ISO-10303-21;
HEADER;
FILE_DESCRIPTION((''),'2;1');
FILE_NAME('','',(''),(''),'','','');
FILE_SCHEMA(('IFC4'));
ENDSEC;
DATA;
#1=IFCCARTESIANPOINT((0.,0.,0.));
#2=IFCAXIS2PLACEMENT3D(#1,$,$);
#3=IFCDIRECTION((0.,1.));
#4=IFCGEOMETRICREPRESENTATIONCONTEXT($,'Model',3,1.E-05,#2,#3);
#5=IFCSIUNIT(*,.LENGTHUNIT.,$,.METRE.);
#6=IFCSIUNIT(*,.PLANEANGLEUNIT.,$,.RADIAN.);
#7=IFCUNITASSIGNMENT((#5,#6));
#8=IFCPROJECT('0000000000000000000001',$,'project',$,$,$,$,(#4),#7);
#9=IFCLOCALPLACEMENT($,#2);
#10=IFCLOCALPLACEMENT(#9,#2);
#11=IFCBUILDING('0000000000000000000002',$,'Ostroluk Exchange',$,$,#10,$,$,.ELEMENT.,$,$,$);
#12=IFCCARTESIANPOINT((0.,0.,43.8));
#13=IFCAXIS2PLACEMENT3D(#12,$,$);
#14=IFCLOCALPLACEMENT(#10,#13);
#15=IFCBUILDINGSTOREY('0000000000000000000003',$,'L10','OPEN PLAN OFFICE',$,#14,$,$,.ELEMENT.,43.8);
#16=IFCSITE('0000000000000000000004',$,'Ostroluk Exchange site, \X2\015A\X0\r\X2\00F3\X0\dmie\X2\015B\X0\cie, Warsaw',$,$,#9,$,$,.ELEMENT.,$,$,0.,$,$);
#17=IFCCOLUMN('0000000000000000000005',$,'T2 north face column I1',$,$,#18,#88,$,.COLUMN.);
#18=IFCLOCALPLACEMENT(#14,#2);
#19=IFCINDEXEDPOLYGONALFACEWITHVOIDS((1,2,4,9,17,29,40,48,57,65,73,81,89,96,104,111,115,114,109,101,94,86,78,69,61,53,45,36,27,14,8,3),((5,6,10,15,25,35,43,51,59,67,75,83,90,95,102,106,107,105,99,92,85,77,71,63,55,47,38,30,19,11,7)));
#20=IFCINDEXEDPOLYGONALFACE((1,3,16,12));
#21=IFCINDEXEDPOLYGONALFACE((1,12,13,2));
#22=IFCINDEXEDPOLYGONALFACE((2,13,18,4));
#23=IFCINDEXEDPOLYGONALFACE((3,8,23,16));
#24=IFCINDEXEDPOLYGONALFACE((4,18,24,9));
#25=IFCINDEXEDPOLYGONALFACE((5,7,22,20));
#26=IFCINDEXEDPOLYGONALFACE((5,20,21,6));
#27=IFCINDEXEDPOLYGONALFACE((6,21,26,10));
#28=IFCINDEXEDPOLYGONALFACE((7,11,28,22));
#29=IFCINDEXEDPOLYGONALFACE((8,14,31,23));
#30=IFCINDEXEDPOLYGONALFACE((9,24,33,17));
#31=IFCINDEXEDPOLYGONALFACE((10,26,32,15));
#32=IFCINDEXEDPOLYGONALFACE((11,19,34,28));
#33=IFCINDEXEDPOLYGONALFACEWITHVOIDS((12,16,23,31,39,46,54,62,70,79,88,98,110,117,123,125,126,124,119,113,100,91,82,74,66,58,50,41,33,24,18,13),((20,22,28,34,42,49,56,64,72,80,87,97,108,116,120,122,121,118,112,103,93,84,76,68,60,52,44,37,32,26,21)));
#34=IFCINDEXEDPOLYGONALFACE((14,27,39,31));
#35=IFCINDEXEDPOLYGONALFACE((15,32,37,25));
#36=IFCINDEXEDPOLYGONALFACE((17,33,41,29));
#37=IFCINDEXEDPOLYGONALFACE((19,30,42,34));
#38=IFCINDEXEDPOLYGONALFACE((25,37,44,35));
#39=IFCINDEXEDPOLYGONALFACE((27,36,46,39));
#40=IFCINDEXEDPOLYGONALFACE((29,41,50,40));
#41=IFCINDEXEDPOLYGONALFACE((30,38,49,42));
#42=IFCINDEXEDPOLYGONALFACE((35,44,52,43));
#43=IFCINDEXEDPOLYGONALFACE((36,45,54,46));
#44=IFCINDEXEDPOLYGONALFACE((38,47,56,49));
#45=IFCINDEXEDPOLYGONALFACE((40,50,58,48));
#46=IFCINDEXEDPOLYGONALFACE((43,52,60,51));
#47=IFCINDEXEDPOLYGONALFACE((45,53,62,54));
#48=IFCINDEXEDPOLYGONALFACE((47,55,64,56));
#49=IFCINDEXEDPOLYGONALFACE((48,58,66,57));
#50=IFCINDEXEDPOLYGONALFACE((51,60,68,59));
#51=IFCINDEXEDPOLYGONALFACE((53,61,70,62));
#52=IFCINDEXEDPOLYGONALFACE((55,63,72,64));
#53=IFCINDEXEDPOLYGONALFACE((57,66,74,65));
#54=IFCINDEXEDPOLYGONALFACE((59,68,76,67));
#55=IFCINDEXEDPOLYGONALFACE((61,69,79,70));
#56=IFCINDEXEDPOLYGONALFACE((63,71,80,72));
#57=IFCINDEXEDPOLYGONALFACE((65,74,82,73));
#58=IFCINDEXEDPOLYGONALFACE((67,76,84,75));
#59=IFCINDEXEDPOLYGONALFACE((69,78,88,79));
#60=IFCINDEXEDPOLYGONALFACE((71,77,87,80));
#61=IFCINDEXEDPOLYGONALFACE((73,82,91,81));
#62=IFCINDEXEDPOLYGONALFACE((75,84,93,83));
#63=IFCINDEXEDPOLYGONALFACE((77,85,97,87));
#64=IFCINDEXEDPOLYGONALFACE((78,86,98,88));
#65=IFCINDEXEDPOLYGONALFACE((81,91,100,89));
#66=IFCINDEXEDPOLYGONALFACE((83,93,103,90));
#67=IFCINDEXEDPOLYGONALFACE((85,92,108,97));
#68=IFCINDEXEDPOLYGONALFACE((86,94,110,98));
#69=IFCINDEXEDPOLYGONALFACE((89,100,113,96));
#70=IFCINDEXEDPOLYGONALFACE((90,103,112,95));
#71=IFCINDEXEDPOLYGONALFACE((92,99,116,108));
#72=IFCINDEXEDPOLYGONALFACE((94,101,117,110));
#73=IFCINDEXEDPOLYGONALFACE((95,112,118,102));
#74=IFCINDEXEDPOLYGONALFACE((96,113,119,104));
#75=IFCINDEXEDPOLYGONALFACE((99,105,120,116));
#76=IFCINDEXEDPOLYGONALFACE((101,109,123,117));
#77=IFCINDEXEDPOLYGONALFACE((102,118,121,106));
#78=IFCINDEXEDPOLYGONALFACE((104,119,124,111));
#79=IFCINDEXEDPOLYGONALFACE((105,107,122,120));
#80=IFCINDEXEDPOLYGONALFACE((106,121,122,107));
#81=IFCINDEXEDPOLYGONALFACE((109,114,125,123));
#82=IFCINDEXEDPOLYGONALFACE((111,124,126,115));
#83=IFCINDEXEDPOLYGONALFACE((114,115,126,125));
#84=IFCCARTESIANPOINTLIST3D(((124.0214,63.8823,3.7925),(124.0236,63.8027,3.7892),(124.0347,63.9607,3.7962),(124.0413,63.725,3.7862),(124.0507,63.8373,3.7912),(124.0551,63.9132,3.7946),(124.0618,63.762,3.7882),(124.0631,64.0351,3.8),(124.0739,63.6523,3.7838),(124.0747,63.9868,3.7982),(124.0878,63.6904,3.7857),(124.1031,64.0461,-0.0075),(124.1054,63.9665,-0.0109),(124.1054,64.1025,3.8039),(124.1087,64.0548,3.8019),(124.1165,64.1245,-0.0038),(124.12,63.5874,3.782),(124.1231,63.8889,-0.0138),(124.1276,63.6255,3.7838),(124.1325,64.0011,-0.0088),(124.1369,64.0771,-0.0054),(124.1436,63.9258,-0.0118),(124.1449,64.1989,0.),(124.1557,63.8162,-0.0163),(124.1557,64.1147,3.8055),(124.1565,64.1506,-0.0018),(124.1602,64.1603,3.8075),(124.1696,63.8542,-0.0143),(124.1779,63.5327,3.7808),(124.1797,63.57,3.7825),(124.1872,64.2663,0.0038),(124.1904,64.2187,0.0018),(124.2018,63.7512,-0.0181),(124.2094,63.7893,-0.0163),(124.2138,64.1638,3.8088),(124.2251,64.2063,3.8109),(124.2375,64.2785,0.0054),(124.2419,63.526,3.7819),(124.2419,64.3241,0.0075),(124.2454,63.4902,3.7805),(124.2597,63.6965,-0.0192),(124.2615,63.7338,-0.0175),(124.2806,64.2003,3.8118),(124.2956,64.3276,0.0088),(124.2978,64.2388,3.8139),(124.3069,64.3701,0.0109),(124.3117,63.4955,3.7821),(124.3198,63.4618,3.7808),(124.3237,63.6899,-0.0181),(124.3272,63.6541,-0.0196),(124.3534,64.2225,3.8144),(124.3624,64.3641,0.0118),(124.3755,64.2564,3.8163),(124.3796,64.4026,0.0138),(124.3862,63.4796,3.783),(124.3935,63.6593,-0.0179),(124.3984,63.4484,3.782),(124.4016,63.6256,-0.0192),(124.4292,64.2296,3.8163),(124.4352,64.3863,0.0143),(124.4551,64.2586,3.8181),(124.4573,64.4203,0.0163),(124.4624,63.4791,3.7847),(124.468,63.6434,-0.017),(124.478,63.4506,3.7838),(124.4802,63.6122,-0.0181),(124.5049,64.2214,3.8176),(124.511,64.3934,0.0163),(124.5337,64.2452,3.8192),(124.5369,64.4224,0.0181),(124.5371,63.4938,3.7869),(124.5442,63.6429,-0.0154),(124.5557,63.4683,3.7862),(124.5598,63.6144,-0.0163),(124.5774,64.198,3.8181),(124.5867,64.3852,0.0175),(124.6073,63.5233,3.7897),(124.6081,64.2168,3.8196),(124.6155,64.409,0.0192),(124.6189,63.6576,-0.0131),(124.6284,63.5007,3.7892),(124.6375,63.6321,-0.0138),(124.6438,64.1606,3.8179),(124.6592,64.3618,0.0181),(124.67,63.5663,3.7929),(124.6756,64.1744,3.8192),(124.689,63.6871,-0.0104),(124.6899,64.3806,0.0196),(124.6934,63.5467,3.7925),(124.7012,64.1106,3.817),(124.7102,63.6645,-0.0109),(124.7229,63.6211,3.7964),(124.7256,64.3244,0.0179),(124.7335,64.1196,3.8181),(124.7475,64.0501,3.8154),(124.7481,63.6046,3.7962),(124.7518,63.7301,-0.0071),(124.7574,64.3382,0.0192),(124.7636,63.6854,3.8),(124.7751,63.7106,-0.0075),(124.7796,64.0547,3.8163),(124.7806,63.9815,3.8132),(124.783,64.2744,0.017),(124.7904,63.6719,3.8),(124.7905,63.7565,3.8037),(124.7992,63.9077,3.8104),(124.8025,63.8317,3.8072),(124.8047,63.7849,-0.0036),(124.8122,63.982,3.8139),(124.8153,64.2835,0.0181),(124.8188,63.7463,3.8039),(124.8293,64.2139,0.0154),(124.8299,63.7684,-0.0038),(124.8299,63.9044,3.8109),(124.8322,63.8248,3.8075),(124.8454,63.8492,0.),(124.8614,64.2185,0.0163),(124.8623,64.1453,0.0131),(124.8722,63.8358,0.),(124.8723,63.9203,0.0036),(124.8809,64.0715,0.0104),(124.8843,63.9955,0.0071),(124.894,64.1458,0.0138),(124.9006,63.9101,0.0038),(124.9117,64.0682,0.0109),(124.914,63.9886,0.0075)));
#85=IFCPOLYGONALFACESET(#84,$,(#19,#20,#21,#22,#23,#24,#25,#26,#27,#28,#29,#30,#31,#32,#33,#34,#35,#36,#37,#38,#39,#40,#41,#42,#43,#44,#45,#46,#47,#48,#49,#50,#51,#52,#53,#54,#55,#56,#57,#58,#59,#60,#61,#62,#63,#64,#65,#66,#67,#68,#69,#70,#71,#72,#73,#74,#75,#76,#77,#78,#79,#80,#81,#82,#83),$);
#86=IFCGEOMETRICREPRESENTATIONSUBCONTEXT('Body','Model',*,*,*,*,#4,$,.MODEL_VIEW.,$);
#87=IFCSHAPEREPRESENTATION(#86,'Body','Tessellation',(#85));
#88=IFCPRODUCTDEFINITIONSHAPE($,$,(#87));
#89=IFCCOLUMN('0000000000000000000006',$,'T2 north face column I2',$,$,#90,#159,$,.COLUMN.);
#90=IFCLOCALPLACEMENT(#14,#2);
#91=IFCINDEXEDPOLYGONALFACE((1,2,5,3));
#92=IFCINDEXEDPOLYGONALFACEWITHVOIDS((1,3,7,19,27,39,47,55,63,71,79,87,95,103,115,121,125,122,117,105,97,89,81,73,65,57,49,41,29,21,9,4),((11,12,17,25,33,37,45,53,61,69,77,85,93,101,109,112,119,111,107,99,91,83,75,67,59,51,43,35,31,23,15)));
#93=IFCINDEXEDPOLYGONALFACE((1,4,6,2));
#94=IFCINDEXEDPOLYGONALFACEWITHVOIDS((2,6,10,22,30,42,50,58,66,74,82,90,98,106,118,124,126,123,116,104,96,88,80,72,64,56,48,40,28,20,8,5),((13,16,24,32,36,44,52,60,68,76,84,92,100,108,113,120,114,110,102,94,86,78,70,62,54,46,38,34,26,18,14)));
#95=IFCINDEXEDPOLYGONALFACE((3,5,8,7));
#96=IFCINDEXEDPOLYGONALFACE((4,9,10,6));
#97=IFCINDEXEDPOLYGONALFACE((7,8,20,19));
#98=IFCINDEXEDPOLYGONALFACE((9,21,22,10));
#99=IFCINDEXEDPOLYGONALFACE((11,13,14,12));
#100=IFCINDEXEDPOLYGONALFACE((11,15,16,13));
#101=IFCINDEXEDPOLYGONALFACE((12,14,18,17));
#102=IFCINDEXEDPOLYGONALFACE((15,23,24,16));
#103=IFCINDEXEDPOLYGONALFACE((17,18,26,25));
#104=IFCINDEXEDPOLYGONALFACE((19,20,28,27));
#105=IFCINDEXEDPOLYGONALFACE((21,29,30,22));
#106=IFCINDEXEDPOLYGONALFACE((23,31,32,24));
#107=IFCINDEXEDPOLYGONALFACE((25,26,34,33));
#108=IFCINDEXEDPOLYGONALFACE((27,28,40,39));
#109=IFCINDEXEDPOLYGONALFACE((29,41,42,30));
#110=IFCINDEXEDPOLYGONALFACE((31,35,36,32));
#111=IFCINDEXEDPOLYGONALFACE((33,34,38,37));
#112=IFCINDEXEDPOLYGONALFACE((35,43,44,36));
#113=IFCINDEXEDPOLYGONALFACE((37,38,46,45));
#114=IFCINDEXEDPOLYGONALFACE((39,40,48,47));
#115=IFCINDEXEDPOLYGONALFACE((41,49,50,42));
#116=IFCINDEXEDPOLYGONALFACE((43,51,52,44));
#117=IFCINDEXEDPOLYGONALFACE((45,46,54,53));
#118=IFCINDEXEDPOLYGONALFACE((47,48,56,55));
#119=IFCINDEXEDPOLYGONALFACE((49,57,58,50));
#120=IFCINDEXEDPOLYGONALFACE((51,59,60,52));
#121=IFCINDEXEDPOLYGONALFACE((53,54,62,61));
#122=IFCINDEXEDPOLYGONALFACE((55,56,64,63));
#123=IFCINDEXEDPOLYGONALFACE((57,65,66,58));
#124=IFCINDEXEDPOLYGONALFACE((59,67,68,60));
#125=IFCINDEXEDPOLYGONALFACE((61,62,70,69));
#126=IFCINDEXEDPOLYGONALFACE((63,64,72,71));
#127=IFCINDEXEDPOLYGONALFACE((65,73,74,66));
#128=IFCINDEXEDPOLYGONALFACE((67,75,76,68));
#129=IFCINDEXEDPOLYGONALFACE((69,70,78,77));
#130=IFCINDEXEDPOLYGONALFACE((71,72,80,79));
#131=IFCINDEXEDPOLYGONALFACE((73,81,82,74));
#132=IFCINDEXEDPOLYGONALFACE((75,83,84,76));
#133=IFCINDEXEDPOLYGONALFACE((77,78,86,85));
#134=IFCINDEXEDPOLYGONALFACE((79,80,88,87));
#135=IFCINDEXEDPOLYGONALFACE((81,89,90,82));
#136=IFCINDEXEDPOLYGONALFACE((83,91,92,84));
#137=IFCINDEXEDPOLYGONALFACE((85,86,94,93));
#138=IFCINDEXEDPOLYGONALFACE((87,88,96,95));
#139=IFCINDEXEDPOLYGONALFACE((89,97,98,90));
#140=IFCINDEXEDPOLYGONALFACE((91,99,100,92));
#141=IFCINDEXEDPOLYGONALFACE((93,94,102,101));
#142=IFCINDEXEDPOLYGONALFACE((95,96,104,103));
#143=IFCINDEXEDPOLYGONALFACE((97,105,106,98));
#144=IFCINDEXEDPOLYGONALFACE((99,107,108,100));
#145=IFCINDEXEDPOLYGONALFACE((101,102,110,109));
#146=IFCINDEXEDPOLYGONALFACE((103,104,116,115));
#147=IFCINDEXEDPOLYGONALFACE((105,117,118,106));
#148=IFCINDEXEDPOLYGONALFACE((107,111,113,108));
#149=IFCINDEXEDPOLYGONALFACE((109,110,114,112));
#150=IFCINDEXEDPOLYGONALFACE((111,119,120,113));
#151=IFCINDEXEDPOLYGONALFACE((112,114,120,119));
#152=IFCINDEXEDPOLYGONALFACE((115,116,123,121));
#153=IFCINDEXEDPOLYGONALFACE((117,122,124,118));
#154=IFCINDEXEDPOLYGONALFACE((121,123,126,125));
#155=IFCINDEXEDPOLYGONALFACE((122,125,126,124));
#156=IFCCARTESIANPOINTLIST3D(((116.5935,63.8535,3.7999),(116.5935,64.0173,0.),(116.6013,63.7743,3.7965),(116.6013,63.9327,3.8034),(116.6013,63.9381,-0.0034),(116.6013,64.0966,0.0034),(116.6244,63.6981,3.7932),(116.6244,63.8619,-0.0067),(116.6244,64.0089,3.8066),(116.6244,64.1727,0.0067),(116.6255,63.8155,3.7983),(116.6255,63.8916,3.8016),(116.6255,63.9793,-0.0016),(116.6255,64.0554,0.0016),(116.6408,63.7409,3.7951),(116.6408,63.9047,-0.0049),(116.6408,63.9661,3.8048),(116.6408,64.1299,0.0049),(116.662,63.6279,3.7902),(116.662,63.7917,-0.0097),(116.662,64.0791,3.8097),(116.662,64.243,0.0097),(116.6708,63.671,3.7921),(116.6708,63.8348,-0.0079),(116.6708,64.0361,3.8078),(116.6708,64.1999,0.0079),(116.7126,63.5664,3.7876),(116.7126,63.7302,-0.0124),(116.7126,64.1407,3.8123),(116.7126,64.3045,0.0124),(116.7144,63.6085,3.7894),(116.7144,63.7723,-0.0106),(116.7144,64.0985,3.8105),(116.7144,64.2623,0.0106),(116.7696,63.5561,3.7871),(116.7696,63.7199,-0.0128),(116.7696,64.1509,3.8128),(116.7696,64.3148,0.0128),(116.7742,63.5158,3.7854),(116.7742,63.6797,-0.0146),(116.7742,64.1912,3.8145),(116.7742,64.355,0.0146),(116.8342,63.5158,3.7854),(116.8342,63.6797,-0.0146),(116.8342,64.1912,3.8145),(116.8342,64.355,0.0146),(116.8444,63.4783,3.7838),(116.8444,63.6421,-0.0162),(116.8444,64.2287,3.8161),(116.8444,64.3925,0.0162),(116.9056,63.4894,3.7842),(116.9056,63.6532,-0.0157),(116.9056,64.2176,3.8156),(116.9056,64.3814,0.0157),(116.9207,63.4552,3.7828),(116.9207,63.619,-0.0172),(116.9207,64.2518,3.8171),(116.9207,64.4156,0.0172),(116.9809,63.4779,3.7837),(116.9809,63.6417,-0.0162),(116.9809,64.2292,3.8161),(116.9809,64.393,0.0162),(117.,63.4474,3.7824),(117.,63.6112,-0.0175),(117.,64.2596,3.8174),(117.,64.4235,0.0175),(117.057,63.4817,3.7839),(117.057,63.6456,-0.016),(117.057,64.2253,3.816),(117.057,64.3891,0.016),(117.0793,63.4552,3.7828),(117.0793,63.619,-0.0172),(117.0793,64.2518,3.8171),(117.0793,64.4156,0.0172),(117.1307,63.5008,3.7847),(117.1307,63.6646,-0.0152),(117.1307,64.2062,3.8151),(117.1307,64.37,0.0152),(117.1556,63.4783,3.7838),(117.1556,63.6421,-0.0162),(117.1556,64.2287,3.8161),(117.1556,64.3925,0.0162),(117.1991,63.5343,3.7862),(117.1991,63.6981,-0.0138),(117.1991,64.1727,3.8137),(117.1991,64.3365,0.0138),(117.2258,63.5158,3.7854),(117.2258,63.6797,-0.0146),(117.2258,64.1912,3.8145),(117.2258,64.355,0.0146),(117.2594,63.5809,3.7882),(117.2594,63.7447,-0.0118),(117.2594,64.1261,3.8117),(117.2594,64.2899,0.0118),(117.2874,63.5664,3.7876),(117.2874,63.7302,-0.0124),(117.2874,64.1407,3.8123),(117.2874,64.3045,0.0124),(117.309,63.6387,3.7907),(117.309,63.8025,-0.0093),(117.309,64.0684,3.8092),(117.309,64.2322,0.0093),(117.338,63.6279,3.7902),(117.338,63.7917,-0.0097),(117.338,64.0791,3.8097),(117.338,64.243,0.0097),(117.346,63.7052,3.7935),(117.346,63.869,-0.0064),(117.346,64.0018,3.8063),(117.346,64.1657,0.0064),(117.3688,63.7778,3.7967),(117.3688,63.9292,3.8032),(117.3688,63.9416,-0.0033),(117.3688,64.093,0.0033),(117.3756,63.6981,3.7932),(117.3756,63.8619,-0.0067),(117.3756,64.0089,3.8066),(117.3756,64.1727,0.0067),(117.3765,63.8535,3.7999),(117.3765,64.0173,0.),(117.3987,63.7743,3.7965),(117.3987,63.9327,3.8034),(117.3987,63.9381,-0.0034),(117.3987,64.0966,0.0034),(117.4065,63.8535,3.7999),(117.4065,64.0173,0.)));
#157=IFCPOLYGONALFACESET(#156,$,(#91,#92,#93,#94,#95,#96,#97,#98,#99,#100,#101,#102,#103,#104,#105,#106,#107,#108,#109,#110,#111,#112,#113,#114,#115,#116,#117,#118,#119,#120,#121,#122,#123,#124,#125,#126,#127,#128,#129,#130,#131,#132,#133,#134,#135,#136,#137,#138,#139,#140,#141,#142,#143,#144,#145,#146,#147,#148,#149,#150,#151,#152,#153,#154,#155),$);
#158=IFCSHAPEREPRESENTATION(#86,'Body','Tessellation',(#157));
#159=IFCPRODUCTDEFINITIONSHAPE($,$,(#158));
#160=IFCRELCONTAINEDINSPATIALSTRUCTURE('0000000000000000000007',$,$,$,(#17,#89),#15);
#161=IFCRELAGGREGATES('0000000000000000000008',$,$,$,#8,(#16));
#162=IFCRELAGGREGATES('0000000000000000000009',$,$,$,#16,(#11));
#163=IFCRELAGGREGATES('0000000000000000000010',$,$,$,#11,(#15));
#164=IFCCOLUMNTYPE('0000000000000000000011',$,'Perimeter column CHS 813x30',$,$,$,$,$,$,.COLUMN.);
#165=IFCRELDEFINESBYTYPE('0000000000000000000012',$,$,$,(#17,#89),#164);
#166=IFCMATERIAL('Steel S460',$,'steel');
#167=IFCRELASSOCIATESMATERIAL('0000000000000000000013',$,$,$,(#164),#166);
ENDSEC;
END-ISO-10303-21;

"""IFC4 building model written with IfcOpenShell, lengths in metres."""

from ifc_helpers import new_model, si_unit, direction, frame, origin, origin_2d, place, context, subcontext, project, spatial, hollow_circle, extrude, material, material_profile, profile_set, type_object, element, save


model = new_model("IFC4")

# Units and contexts
model_context = context("Model", 3, precision=1e-05, world=origin(), true_north=direction((0.0, 1.0)))
body_context = subcontext(model_context, "Body", "Model", "MODEL_VIEW")
ifc_project = project(units=[si_unit("LENGTHUNIT", "METRE"), si_unit("PLANEANGLEUNIT", "RADIAN")], contexts=[model_context])

# Site, building, storey
site_placement = place(None, origin())
site = spatial("IfcSite", under=ifc_project, at=site_placement, Name="Ostroluk Exchange site, Śródmieście, Warsaw", CompositionType="ELEMENT", RefElevation=0.0)
building_placement = place(site_placement, origin())
building = spatial("IfcBuilding", under=site, at=building_placement, Name="Ostroluk Exchange", CompositionType="ELEMENT")
storey_placement = place(building_placement, frame((0.0, 0.0, 43.8)))
storey = spatial("IfcBuildingStorey", under=building, at=storey_placement, Name="L10", Description="OPEN PLAN OFFICE", CompositionType="ELEMENT", Elevation=43.8)

# Columns
ifc_material_1 = material(Name="Steel S460", Category="steel")
ifc_material_profile_1 = material_profile(ifc_material_1, hollow_circle(Radius=0.4065, WallThickness=0.03, at=origin_2d()), Name="CHS 813x30")
ifc_profile_set_1 = profile_set([ifc_material_profile_1], Name="Steel S460")
column_type = type_object("IfcColumnType", Name="Perimeter column CHS 813x30", PredefinedType="COLUMN", material=ifc_profile_set_1)
column_1_placement = place(storey_placement, frame((124.5085, 64.0173, 0.0), z_axis=(-0.021498, -0.04306, 0.998841), x_axis=(0.894694, -0.44668, 0.0)))
element("IfcColumn", 1, at=column_1_placement, inside=storey, type_object=column_type, Name="T2 north face column I1", PredefinedType="COLUMN", context=body_context, shape_type="SweptSolid", body=[
    extrude(hollow_circle(Radius=0.4065, WallThickness=0.03, at=origin_2d()), origin(), (0.0, 0.0, 1.0), 3.8044),
])
column_2_placement = place(storey_placement, frame((117.0, 64.0173, 0.0), z_axis=(0.0, -0.04307, 0.999072), x_axis=(1.0, 0.0, 0.0)))
element("IfcColumn", 2, at=column_2_placement, inside=storey, type_object=column_type, Name="T2 north face column I2", PredefinedType="COLUMN", context=body_context, shape_type="SweptSolid", body=[
    extrude(hollow_circle(Radius=0.4065, WallThickness=0.03, at=origin_2d()), origin(), (0.0, 0.0, 1.0), 3.8035),
])

save(model, "model.ifc")
